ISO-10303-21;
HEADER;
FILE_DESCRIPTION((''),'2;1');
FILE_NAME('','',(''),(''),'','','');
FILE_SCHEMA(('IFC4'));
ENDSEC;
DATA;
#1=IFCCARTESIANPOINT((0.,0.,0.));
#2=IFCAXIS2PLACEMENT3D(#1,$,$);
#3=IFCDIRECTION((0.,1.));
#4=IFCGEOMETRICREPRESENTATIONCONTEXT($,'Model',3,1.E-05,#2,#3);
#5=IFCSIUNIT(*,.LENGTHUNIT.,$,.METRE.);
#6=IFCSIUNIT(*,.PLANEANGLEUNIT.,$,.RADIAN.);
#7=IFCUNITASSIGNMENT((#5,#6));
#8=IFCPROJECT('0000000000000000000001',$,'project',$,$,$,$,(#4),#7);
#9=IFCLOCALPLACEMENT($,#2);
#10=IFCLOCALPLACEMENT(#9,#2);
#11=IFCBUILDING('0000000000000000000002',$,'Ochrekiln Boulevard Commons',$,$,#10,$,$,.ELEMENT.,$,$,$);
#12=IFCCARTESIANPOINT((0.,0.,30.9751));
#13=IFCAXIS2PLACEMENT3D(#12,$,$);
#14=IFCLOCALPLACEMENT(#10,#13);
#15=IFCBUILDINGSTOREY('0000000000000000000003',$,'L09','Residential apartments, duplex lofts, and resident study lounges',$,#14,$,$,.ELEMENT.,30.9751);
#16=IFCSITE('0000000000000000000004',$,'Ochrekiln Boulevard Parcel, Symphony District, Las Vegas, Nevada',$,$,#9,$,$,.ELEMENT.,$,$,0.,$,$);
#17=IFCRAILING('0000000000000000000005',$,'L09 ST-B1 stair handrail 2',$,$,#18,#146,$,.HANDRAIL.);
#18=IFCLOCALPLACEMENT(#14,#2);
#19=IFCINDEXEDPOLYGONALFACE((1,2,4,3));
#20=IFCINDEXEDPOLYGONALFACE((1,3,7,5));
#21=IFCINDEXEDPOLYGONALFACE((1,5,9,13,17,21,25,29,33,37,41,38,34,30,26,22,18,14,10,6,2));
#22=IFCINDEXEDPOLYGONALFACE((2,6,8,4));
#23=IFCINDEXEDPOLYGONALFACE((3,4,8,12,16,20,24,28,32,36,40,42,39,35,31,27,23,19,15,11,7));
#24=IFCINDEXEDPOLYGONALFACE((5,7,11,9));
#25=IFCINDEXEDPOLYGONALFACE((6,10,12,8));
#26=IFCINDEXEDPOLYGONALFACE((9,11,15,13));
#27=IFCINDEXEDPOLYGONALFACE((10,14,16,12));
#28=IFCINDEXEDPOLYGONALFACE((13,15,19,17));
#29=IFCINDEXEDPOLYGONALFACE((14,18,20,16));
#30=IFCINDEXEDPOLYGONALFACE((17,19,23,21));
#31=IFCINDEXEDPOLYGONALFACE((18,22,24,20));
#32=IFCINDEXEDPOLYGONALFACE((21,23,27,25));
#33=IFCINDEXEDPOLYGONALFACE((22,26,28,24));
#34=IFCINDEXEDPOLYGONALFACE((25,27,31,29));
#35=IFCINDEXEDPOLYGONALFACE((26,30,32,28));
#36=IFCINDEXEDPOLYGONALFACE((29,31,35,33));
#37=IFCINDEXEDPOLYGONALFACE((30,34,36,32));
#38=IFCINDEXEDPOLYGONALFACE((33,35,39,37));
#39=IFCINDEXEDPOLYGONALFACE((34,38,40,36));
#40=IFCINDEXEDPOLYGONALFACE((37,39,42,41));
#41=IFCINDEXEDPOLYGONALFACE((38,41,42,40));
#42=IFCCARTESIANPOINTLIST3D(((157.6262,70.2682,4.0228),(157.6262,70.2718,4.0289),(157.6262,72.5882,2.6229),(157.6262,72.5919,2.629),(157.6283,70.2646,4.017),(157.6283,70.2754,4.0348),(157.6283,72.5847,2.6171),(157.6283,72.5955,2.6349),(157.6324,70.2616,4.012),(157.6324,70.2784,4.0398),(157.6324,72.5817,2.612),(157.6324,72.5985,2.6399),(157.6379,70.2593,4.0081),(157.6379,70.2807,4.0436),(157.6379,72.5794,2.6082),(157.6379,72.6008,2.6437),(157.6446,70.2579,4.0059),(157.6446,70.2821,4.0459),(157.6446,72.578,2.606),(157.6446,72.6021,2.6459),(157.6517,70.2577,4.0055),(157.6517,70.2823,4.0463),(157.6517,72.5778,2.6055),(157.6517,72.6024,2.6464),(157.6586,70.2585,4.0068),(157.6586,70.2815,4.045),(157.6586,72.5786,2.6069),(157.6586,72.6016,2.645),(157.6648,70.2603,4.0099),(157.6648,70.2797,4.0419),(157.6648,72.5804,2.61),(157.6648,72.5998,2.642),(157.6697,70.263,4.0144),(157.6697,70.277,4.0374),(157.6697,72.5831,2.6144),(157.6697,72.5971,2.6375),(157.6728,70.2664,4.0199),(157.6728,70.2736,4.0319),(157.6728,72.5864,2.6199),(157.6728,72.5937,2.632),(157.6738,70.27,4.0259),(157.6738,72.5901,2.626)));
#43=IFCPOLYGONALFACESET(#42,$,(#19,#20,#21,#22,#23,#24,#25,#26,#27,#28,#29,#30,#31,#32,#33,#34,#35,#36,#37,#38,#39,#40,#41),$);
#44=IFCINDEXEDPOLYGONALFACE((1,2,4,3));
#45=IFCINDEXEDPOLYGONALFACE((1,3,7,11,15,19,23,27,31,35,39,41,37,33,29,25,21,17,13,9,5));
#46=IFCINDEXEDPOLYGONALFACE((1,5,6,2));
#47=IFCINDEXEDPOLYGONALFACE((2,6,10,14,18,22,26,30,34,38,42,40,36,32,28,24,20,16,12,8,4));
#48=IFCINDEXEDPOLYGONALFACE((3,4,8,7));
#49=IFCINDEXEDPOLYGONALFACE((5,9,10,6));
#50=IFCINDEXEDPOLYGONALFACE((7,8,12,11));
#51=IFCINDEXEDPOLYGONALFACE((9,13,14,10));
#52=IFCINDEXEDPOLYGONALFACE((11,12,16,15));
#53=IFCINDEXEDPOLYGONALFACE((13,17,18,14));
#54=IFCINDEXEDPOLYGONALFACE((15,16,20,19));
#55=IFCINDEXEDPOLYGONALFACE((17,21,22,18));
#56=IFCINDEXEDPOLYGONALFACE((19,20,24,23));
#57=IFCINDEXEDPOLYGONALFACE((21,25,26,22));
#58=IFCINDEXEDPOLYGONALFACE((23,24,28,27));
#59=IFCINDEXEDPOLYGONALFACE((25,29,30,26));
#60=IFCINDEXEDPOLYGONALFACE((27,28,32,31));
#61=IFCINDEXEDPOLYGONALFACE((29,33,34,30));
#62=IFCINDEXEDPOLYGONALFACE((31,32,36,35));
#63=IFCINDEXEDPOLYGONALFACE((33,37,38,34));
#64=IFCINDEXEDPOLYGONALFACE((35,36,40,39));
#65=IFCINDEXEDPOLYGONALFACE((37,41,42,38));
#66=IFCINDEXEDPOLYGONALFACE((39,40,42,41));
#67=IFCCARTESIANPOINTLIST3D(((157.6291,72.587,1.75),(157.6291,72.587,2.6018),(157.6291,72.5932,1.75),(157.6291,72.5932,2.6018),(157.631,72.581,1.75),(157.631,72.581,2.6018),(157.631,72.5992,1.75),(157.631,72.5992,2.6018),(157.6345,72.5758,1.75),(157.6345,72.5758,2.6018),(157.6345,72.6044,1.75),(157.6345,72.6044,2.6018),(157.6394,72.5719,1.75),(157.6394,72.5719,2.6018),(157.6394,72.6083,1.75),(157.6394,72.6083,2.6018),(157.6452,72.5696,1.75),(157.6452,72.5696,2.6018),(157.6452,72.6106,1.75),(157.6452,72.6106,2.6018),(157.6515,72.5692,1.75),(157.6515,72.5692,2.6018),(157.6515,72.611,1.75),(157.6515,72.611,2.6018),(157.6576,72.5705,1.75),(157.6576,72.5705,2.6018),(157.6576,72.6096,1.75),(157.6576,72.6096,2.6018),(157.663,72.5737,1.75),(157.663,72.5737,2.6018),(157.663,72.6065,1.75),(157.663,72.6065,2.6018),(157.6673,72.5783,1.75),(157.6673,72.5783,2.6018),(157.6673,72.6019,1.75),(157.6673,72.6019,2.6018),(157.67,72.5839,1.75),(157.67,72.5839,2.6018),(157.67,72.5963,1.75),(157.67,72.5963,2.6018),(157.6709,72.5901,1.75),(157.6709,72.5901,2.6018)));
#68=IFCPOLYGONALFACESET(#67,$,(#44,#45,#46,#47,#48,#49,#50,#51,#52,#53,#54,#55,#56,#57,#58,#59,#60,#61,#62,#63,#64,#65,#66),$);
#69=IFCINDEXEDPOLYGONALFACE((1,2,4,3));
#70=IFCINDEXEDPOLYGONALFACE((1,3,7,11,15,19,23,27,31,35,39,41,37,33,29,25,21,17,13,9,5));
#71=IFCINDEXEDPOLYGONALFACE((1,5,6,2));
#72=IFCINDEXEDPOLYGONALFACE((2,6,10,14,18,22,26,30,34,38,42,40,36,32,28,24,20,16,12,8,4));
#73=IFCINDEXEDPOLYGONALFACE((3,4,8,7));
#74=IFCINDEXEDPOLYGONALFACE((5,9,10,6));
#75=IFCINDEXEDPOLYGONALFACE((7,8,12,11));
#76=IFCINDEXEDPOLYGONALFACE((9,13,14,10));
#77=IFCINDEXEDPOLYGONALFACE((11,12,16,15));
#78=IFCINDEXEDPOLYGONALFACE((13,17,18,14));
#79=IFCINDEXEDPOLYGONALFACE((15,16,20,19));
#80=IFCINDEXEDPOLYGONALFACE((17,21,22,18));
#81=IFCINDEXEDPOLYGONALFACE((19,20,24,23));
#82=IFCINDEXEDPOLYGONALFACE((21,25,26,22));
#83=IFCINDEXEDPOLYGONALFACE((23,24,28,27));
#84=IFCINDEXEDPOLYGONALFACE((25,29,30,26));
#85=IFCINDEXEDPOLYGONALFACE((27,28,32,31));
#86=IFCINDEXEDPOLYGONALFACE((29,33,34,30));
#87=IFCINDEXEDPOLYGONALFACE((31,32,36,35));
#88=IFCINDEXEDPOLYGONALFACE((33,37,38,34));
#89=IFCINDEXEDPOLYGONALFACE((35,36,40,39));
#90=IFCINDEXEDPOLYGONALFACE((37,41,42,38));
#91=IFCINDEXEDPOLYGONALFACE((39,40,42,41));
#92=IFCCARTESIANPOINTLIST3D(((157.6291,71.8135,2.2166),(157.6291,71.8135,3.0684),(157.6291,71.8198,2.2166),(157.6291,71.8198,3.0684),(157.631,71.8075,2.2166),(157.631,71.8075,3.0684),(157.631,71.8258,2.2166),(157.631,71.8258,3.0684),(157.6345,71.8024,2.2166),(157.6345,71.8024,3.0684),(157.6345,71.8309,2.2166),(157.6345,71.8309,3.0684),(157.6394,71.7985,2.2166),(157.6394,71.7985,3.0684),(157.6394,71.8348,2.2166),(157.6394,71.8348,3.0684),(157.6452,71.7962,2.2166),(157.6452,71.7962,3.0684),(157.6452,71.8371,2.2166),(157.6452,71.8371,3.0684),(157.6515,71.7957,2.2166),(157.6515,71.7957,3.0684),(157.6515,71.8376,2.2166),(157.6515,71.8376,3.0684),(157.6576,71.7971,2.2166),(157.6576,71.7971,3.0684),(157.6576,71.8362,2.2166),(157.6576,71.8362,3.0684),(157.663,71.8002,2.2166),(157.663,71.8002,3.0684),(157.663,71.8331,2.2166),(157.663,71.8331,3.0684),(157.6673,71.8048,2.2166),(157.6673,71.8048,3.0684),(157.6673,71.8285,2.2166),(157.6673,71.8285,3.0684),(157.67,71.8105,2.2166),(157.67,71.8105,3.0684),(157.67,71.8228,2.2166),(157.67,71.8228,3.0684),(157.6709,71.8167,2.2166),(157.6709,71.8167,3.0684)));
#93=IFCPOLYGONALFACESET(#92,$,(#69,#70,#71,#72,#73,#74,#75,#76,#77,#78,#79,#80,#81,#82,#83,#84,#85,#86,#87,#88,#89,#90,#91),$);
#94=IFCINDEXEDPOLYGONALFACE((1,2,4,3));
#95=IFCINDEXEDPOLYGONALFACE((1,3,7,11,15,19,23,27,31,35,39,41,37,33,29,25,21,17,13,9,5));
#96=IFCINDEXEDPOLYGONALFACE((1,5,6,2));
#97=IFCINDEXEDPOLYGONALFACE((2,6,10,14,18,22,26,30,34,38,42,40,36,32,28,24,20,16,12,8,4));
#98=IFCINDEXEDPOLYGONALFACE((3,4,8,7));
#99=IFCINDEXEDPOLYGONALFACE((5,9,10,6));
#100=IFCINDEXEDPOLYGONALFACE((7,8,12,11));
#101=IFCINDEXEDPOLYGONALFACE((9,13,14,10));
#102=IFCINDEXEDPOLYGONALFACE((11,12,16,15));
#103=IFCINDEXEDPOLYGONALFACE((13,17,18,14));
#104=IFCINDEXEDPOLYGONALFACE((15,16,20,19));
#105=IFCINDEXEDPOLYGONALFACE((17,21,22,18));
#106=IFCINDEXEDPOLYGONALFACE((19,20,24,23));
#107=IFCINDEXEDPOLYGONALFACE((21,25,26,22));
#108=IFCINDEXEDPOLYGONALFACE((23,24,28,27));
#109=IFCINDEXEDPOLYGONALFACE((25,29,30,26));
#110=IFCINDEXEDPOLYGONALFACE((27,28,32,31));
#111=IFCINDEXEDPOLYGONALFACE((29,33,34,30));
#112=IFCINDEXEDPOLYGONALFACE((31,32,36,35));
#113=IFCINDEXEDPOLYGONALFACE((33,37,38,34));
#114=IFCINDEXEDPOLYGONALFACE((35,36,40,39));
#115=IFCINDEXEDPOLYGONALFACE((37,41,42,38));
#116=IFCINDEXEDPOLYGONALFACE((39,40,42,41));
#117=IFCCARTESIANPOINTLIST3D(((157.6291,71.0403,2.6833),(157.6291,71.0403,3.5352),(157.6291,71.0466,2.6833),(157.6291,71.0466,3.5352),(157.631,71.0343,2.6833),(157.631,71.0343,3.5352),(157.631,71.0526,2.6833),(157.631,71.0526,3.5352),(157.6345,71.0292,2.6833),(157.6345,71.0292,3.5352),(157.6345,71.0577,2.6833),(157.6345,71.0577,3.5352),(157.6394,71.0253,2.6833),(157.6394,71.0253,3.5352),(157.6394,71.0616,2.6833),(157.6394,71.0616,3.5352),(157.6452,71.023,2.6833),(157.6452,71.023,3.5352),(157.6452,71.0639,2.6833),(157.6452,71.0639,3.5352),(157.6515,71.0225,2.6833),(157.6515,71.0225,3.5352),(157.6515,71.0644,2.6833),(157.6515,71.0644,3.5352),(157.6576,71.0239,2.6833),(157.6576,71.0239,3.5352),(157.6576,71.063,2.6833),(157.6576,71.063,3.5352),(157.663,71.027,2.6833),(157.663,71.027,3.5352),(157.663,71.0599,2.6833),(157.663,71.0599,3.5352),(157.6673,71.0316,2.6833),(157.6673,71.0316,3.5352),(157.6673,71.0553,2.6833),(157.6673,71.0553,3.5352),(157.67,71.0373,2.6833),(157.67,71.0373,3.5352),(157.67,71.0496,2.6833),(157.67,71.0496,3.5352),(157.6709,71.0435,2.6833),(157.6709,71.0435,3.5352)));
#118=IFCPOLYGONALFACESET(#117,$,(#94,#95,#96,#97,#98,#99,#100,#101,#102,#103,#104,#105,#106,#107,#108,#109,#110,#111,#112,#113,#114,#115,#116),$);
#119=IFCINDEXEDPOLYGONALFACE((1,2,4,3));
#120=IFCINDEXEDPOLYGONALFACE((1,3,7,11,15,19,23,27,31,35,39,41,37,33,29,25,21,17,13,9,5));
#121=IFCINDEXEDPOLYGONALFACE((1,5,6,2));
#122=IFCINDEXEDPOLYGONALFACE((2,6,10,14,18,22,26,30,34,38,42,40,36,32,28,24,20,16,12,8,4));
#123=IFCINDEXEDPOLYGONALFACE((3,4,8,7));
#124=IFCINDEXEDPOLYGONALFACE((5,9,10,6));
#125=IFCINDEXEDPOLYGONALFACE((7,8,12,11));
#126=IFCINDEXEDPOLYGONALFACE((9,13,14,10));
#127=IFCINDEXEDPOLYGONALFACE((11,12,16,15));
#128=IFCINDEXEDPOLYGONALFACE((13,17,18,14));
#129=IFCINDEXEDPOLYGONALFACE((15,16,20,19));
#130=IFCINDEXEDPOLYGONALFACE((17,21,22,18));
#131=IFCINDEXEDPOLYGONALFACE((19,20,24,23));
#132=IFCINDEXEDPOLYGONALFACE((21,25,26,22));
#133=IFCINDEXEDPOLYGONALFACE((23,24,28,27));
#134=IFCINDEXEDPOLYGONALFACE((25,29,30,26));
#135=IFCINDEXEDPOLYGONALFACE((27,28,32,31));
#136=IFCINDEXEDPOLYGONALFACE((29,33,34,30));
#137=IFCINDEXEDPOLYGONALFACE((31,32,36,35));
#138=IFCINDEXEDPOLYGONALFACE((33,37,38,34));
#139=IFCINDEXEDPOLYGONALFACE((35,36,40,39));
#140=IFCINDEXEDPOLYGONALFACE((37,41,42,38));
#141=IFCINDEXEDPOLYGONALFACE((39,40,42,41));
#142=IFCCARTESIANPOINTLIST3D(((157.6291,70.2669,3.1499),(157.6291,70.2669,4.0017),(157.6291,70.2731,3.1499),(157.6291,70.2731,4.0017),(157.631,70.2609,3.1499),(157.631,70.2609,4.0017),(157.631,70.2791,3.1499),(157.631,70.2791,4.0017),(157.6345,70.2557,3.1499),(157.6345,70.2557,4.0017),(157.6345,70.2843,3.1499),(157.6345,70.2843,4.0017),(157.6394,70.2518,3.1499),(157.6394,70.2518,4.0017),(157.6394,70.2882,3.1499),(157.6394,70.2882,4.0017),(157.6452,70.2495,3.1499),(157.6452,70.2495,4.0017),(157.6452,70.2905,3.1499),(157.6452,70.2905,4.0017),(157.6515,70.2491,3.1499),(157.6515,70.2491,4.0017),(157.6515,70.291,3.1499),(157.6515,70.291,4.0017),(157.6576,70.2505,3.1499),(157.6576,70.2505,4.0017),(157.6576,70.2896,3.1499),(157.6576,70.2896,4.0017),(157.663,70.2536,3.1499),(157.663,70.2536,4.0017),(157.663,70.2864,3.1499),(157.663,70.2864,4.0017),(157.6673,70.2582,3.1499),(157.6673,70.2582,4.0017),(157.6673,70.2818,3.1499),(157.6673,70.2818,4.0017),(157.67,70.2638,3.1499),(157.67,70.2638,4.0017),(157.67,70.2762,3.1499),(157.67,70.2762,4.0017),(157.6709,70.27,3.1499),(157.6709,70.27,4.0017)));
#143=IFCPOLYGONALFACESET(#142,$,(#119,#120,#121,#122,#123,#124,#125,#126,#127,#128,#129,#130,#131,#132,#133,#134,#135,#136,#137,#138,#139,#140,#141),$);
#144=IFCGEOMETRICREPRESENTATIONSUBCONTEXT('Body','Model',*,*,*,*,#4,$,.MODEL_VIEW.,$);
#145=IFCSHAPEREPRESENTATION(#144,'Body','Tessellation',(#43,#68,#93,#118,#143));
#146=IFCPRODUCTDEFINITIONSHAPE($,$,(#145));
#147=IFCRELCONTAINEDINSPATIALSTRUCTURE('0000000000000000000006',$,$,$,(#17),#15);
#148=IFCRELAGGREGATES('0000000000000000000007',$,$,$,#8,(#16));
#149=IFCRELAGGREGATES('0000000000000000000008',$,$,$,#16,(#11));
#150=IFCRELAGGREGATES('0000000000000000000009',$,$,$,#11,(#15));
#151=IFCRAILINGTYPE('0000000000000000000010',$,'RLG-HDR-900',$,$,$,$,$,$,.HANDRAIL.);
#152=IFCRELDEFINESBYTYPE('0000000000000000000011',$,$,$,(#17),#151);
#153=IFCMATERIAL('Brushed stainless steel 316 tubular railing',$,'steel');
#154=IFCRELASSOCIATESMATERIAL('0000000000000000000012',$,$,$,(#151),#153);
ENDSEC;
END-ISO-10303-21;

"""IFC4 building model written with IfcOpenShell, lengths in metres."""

from ifc_helpers import new_model, si_unit, direction, frame, origin, origin_2d, place, context, subcontext, project, spatial, circle, extrude, material, type_object, element, save


model = new_model("IFC4")

# Units and contexts
model_context = context("Model", 3, precision=1e-05, world=origin(), true_north=direction((0.0, 1.0)))
body_context = subcontext(model_context, "Body", "Model", "MODEL_VIEW")
ifc_project = project(units=[si_unit("LENGTHUNIT", "METRE"), si_unit("PLANEANGLEUNIT", "RADIAN")], contexts=[model_context])

# Site, building, storey
site_placement = place(None, origin())
site = spatial("IfcSite", under=ifc_project, at=site_placement, Name="Ochrekiln Boulevard Parcel, Symphony District, Las Vegas, Nevada", CompositionType="ELEMENT", RefElevation=0.0)
building_placement = place(site_placement, origin())
building = spatial("IfcBuilding", under=site, at=building_placement, Name="Ochrekiln Boulevard Commons", CompositionType="ELEMENT")
storey_placement = place(building_placement, frame((0.0, 0.0, 30.9751)))
storey = spatial("IfcBuildingStorey", under=building, at=storey_placement, Name="L09", Description="Residential apartments, duplex lofts, and resident study lounges", CompositionType="ELEMENT", Elevation=30.9751)

# Railing
ifc_material_1 = material(Name="Brushed stainless steel 316 tubular railing", Category="steel")
railing_type_1 = type_object("IfcRailingType", Name="RLG-HDR-900", PredefinedType="HANDRAIL", material=ifc_material_1)
railing_1_placement = place(storey_placement, frame((157.6499, 72.5901, 1.75)))
element("IfcRailing", 1, at=railing_1_placement, inside=storey, type_object=railing_type_1, Name="L09 ST-B1 stair handrail 2", PredefinedType="HANDRAIL", context=body_context, shape_type="SweptSolid", body=[
    extrude(circle(Radius=0.0239, at=origin_2d()), frame((0.0, 0.0, 0.876), z_axis=(0.0, -0.85621, 0.516627), x_axis=(1.0, 0.0, 0.0)), (0.0, 0.0, 1.0), 2.7097),
    extrude(circle(Radius=0.021, at=origin_2d()), origin(), (0.0, 0.0, 1.0), 0.8518),
    extrude(circle(Radius=0.021, at=origin_2d()), frame((0.0, -0.7734, 0.4666)), (0.0, 0.0, 1.0), 0.8518),
    extrude(circle(Radius=0.021, at=origin_2d()), frame((0.0, -1.5466, 0.9333)), (0.0, 0.0, 1.0), 0.8518),
    extrude(circle(Radius=0.021, at=origin_2d()), frame((0.0, -2.3201, 1.3999)), (0.0, 0.0, 1.0), 0.8518),
])

save(model, "model.ifc")
